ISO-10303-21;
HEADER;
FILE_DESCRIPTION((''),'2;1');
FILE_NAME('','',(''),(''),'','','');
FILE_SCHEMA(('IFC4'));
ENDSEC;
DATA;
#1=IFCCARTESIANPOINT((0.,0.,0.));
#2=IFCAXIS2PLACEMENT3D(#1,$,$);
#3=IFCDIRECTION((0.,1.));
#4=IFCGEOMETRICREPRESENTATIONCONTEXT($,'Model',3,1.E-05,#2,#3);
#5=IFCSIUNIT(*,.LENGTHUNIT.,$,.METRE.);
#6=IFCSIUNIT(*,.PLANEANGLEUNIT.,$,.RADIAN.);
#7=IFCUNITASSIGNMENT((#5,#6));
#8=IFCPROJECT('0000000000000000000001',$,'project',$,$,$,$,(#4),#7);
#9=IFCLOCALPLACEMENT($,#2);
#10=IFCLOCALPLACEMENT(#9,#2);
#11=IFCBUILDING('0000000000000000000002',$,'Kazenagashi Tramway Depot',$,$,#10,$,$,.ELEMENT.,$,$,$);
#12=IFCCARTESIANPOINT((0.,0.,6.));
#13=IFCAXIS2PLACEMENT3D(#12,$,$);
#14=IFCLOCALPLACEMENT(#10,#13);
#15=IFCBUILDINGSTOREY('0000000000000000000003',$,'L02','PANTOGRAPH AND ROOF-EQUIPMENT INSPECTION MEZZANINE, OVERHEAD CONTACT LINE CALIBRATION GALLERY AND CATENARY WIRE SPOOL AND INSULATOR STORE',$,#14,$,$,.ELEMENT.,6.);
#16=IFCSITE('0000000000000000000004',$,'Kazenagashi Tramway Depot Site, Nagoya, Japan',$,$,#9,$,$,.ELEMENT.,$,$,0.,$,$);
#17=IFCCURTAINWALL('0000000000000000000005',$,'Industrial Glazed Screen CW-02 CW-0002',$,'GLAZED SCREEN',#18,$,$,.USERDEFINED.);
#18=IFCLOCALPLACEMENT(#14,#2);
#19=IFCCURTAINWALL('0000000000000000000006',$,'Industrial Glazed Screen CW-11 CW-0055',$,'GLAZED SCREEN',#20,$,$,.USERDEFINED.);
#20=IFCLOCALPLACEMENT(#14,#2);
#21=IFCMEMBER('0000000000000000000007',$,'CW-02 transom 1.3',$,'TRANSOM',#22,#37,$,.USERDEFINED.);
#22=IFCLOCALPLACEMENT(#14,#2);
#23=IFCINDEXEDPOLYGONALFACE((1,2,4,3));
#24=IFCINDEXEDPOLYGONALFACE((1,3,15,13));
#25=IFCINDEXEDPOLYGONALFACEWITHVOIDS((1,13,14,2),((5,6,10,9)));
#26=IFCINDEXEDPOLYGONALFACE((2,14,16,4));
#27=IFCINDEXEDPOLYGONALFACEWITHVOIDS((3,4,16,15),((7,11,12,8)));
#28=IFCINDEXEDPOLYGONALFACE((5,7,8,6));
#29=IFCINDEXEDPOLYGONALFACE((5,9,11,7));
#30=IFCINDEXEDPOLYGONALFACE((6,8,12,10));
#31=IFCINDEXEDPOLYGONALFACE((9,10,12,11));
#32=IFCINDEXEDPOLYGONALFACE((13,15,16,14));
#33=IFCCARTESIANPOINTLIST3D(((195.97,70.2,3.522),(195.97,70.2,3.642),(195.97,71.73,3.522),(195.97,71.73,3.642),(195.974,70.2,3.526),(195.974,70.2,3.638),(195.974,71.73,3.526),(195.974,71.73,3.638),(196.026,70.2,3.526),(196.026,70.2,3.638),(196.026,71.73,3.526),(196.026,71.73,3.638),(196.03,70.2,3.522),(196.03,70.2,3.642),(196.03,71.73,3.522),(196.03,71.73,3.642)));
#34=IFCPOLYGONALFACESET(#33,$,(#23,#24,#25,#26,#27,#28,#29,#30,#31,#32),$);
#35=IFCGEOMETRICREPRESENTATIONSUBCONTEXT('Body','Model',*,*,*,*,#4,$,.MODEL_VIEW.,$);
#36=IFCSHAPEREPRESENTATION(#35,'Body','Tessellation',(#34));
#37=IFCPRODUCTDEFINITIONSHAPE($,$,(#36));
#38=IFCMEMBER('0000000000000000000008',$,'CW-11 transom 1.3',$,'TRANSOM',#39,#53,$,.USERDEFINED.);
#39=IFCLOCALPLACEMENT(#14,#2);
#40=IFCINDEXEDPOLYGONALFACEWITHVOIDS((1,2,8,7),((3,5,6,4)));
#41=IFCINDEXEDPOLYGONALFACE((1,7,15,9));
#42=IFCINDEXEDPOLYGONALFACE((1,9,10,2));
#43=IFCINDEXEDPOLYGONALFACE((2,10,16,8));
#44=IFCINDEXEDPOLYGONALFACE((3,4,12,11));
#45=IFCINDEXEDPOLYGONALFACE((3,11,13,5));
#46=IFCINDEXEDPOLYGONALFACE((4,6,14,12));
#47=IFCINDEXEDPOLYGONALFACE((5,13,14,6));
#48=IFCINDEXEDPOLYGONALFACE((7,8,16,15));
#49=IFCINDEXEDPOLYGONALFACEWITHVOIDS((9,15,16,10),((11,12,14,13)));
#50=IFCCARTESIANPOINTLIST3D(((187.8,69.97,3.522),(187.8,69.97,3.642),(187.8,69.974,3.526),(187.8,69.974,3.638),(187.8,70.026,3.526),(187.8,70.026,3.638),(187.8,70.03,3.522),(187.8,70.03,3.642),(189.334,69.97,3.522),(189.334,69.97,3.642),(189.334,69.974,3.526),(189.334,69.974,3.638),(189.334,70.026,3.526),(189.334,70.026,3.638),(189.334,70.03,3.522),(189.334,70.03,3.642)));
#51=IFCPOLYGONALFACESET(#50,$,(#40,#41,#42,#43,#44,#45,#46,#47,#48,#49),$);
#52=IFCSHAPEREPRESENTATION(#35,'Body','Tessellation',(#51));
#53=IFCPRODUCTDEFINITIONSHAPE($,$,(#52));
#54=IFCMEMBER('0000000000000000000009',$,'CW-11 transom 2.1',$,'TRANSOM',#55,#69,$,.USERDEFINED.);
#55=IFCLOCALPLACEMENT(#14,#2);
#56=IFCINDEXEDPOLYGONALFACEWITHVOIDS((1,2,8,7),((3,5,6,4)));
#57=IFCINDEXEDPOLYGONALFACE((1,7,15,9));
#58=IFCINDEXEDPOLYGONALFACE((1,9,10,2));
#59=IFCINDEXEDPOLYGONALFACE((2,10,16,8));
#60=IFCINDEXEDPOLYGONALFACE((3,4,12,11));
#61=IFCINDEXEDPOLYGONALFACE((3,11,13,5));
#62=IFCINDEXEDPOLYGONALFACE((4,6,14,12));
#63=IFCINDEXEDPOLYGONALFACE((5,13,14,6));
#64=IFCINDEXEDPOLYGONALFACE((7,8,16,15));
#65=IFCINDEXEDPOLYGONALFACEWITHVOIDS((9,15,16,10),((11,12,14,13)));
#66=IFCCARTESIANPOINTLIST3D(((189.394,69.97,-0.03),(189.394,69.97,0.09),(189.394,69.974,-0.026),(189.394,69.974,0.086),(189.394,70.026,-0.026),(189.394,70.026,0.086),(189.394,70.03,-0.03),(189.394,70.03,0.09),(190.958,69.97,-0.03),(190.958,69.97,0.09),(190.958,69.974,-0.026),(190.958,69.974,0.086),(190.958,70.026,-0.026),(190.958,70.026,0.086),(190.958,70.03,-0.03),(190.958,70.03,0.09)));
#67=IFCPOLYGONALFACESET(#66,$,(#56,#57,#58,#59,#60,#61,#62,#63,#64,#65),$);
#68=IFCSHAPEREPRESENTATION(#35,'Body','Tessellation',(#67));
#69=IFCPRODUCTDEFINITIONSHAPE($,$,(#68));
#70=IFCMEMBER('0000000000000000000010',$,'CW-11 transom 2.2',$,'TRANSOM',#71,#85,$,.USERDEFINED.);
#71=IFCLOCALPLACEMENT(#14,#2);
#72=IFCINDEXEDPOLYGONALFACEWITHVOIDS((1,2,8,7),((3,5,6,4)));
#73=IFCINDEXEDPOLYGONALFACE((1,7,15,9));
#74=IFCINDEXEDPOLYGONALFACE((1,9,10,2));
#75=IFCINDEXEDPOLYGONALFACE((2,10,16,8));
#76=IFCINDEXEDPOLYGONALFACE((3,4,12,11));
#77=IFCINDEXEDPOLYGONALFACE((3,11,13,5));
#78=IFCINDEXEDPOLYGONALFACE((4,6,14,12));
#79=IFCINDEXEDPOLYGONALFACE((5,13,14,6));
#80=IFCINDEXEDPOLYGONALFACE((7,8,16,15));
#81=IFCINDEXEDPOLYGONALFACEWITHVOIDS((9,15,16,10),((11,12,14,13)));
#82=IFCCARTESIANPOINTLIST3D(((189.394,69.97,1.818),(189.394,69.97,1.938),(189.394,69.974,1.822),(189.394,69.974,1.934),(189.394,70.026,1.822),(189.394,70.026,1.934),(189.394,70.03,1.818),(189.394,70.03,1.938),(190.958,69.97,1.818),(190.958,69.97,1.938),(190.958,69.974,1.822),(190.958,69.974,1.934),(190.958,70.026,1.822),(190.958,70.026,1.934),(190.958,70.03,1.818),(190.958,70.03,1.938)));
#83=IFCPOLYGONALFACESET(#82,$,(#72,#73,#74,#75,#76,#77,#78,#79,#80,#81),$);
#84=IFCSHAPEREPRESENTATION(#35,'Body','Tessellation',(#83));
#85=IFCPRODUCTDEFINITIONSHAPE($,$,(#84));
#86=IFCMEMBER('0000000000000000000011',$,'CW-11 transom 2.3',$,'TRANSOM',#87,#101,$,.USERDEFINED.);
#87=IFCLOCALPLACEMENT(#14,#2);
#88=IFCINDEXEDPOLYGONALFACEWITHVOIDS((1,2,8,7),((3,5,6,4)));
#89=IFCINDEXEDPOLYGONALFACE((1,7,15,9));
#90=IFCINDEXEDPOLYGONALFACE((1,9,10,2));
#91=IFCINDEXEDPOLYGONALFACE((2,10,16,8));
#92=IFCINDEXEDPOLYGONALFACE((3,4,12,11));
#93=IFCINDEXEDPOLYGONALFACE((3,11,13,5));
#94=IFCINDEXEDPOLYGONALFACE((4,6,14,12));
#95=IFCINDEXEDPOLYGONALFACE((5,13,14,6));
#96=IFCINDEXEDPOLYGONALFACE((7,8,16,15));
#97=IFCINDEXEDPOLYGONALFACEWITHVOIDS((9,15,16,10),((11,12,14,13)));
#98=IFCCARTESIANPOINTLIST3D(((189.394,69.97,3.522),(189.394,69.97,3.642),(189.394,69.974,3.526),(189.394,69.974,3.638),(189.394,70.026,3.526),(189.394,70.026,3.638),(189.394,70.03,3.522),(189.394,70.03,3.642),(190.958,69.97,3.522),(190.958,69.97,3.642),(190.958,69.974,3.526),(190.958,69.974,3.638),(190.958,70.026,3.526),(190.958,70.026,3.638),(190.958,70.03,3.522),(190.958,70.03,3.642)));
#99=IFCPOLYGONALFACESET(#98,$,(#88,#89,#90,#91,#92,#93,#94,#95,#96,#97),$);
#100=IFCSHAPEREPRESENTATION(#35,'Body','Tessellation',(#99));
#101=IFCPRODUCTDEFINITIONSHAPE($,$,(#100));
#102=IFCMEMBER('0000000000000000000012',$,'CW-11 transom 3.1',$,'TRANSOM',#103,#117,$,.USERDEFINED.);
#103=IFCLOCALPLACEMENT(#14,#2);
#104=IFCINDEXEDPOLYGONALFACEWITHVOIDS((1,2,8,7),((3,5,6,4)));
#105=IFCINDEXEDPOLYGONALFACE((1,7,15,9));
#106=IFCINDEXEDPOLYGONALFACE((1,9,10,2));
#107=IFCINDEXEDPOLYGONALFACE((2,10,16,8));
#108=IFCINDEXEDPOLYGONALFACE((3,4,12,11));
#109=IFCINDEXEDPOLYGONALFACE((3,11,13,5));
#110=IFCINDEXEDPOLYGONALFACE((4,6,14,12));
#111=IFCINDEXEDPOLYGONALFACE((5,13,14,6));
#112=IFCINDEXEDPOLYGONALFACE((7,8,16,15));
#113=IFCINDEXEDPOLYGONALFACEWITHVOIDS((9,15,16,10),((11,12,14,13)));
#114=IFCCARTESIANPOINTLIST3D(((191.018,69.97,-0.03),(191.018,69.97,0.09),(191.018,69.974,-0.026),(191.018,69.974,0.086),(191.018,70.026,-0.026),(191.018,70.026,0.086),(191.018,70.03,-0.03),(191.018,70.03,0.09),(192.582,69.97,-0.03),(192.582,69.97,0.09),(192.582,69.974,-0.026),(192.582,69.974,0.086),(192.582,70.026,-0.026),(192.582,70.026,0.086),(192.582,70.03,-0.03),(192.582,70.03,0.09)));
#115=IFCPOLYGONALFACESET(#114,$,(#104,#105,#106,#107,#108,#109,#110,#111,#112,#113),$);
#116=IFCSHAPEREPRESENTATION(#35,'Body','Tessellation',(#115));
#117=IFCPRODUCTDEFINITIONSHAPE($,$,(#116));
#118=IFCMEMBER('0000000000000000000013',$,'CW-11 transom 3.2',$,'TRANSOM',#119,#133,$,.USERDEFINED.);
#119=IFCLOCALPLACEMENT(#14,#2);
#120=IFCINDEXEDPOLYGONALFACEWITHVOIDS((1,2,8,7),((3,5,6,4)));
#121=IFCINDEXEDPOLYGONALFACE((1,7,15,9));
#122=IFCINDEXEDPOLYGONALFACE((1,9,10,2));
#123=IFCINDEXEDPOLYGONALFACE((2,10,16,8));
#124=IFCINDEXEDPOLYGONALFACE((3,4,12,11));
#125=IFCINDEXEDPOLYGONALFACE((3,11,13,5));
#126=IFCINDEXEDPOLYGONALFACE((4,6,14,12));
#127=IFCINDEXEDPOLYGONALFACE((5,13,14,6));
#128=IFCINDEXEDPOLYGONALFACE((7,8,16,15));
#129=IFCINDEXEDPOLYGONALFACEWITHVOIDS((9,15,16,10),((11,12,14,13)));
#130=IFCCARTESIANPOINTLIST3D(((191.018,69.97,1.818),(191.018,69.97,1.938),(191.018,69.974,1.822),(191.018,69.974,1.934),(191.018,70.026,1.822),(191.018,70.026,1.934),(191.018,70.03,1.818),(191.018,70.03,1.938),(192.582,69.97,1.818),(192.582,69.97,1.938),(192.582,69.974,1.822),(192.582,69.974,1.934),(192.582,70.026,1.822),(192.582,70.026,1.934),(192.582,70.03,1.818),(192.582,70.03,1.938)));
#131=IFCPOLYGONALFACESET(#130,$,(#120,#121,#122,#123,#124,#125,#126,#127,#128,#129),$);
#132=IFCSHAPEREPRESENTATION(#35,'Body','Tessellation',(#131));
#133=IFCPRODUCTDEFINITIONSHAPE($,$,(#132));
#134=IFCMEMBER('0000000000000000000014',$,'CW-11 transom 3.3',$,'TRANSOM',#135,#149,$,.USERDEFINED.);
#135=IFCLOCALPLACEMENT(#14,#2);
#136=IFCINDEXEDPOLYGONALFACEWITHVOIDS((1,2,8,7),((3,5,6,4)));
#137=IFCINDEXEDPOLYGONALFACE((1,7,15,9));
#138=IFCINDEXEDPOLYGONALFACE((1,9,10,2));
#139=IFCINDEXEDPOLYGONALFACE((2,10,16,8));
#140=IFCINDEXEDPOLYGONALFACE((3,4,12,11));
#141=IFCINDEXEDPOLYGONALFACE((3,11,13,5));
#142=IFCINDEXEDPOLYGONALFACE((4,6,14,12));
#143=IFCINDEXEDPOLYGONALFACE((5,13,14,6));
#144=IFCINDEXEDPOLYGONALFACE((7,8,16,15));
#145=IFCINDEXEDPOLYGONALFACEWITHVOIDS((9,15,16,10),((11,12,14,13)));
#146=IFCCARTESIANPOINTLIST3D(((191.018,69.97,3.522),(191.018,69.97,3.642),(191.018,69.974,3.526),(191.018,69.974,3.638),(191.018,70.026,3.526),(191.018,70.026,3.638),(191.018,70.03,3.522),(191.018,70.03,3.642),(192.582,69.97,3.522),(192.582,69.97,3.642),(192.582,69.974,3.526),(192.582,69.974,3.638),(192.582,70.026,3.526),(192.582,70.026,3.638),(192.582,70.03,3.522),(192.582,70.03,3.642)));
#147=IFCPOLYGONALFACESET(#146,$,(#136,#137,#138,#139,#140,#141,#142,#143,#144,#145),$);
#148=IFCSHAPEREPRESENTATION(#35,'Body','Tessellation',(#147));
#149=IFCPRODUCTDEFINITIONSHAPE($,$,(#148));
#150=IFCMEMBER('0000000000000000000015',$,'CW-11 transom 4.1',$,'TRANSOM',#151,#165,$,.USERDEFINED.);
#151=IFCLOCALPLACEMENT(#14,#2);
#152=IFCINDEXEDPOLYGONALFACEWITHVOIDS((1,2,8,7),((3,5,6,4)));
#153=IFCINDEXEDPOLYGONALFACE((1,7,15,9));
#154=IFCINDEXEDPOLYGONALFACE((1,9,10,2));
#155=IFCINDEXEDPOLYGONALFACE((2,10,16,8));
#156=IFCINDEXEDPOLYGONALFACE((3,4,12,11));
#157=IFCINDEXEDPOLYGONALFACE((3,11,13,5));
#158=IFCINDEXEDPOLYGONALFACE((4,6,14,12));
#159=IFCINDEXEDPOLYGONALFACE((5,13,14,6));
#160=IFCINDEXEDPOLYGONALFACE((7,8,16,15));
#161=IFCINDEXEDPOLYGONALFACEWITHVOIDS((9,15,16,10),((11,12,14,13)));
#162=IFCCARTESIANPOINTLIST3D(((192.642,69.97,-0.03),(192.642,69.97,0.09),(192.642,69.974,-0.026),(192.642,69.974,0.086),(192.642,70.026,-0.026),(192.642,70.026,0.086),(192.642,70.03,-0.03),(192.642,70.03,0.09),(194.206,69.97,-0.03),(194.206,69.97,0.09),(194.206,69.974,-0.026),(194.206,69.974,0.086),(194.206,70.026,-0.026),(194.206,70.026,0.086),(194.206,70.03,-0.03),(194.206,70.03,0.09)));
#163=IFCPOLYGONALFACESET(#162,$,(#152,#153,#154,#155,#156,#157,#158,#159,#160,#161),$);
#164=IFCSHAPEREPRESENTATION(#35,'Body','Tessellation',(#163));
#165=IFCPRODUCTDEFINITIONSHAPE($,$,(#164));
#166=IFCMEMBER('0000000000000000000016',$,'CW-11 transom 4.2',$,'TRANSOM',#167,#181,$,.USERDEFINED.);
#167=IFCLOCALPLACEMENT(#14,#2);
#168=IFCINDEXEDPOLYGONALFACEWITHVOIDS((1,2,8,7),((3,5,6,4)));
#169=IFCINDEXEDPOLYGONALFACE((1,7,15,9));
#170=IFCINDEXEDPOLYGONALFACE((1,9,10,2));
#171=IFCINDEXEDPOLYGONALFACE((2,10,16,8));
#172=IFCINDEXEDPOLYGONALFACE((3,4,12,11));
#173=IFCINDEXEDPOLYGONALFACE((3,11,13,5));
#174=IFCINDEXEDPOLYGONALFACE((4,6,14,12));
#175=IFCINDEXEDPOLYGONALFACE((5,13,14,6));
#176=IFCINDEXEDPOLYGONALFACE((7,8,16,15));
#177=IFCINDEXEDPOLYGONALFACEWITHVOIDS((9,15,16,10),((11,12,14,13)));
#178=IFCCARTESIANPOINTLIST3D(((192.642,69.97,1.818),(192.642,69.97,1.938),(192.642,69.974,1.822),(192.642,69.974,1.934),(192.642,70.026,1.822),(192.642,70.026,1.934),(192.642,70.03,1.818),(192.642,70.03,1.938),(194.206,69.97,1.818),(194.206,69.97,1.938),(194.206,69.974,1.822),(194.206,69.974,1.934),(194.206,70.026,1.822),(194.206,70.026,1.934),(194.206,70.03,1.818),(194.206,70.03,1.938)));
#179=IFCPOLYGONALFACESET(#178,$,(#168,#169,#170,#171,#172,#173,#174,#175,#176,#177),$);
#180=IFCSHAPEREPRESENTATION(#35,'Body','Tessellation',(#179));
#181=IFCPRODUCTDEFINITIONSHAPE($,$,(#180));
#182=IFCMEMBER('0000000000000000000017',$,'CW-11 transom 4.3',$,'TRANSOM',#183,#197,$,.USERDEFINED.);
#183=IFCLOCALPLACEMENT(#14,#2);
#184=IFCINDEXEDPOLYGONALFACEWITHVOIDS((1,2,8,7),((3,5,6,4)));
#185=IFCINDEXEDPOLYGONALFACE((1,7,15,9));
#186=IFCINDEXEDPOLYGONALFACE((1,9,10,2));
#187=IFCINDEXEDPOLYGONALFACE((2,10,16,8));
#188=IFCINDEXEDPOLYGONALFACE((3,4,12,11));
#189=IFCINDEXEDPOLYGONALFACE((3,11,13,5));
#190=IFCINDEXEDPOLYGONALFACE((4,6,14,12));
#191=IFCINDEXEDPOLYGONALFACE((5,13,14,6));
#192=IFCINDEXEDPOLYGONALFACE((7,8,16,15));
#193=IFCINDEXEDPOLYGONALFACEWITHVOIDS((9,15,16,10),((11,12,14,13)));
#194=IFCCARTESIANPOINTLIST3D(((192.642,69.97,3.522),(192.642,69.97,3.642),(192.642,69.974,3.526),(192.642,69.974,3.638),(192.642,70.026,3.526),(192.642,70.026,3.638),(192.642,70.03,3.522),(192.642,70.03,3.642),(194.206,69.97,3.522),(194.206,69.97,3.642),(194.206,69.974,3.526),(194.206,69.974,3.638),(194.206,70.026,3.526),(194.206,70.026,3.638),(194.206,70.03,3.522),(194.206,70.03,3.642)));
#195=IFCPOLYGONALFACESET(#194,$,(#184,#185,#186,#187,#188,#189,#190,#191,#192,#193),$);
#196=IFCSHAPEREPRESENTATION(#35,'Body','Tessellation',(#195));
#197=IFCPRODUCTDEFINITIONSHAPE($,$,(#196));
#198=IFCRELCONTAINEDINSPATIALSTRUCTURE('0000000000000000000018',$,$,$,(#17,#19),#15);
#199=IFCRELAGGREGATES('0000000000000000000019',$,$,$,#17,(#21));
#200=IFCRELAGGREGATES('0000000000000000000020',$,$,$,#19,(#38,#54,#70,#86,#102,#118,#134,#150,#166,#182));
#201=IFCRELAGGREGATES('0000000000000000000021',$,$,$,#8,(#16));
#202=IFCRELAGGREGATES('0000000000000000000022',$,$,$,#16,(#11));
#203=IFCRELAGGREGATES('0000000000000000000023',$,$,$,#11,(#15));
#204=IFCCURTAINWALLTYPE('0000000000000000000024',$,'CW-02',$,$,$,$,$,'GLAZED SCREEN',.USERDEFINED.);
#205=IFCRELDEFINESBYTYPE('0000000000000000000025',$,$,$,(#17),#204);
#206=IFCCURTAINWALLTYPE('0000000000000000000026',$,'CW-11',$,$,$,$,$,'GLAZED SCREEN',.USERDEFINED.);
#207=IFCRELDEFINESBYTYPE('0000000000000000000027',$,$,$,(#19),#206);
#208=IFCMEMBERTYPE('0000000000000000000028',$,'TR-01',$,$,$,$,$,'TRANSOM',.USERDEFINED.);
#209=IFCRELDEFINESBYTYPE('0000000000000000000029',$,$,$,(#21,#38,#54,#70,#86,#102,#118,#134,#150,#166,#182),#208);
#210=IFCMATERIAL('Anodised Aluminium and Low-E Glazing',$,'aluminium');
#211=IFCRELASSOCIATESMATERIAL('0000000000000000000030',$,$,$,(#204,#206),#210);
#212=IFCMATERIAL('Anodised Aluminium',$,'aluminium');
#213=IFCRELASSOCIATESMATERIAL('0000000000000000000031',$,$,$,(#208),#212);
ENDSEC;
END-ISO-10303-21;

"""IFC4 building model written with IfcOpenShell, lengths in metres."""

from ifc_helpers import new_model, si_unit, direction, frame, origin, origin_2d, place, context, subcontext, project, spatial, hollow_rectangle, extrude, material, material_profile, profile_set, type_object, element, aggregate, save


model = new_model("IFC4")

# Units and contexts
model_context = context("Model", 3, precision=1e-05, world=origin(), true_north=direction((0.0, 1.0)))
body_context = subcontext(model_context, "Body", "Model", "MODEL_VIEW")
ifc_project = project(units=[si_unit("LENGTHUNIT", "METRE"), si_unit("PLANEANGLEUNIT", "RADIAN")], contexts=[model_context])

# Site, building, storey
site_placement = place(None, origin())
site = spatial("IfcSite", under=ifc_project, at=site_placement, Name="Kazenagashi Tramway Depot Site, Nagoya, Japan", CompositionType="ELEMENT", RefElevation=0.0)
building_placement = place(site_placement, origin())
building = spatial("IfcBuilding", under=site, at=building_placement, Name="Kazenagashi Tramway Depot", CompositionType="ELEMENT")
storey_placement = place(building_placement, frame((0.0, 0.0, 6.0)))
storey = spatial("IfcBuildingStorey", under=building, at=storey_placement, Name="L02", Description="PANTOGRAPH AND ROOF-EQUIPMENT INSPECTION MEZZANINE, OVERHEAD CONTACT LINE CALIBRATION GALLERY AND CATENARY WIRE SPOOL AND INSULATOR STORE", CompositionType="ELEMENT", Elevation=6.0)

# Curtain wall
ifc_material_1 = material(Name="Anodised Aluminium and Low-E Glazing", Category="aluminium")
curtain_wall_type_1 = type_object("IfcCurtainWallType", Name="CW-02", ElementType="GLAZED SCREEN", PredefinedType="USERDEFINED", material=ifc_material_1)
curtain_wall_1_placement = place(storey_placement, origin())
curtain_wall_1 = element("IfcCurtainWall", 1, at=curtain_wall_1_placement, inside=storey, type_object=curtain_wall_type_1, Name="Industrial Glazed Screen CW-02 CW-0002", ObjectType="GLAZED SCREEN", PredefinedType="USERDEFINED")
ifc_material_2 = material(Name="Anodised Aluminium", Category="aluminium")

# Curtain wall
curtain_wall_type_2 = type_object("IfcCurtainWallType", Name="CW-11", ElementType="GLAZED SCREEN", PredefinedType="USERDEFINED", material=ifc_material_1)
curtain_wall_2_placement = place(storey_placement, origin())
curtain_wall_2 = element("IfcCurtainWall", 2, at=curtain_wall_2_placement, inside=storey, type_object=curtain_wall_type_2, Name="Industrial Glazed Screen CW-11 CW-0055", ObjectType="GLAZED SCREEN", PredefinedType="USERDEFINED")

# Members
ifc_material_profile_1 = material_profile(ifc_material_2, hollow_rectangle(XDim=0.06, YDim=0.12, WallThickness=0.004, at=origin_2d()), Name="RHS-120x60x4")
ifc_profile_set_1 = profile_set([ifc_material_profile_1], Name="Anodised Aluminium")
member_type_1 = type_object("IfcMemberType", Name="TR-01", ElementType="TRANSOM", PredefinedType="USERDEFINED", material=ifc_profile_set_1)
member_1_placement = place(storey_placement, frame((196.0, 70.2, 3.582), z_axis=(0.0, 1.0, 0.0), x_axis=(-1.0, 0.0, 0.0)))
member_1 = element("IfcMember", 3, at=member_1_placement, type_object=member_type_1, Name="CW-02 transom 1.3", ObjectType="TRANSOM", PredefinedType="USERDEFINED", context=body_context, shape_type="SweptSolid", body=[
    extrude(hollow_rectangle(XDim=0.06, YDim=0.12, WallThickness=0.004, at=origin_2d()), origin(), (0.0, 0.0, 1.0), 1.53),
])
aggregate(curtain_wall_1, [member_1])
member_2_placement = place(storey_placement, frame((187.8, 70.0, 3.582), z_axis=(1.0, 0.0, 0.0), x_axis=(0.0, 1.0, 0.0)))
member_2 = element("IfcMember", 4, at=member_2_placement, type_object=member_type_1, Name="CW-11 transom 1.3", ObjectType="TRANSOM", PredefinedType="USERDEFINED", context=body_context, shape_type="SweptSolid", body=[
    extrude(hollow_rectangle(XDim=0.06, YDim=0.12, WallThickness=0.004, at=origin_2d()), origin(), (0.0, 0.0, 1.0), 1.534),
])
member_3_placement = place(storey_placement, frame((189.394, 70.0, 0.03), z_axis=(1.0, 0.0, 0.0), x_axis=(0.0, 1.0, 0.0)))
member_3 = element("IfcMember", 5, at=member_3_placement, type_object=member_type_1, Name="CW-11 transom 2.1", ObjectType="TRANSOM", PredefinedType="USERDEFINED", context=body_context, shape_type="SweptSolid", body=[
    extrude(hollow_rectangle(XDim=0.06, YDim=0.12, WallThickness=0.004, at=origin_2d()), origin(), (0.0, 0.0, 1.0), 1.564),
])
member_4_placement = place(storey_placement, frame((189.394, 70.0, 1.878), z_axis=(1.0, 0.0, 0.0), x_axis=(0.0, 1.0, 0.0)))
member_4 = element("IfcMember", 6, at=member_4_placement, type_object=member_type_1, Name="CW-11 transom 2.2", ObjectType="TRANSOM", PredefinedType="USERDEFINED", context=body_context, shape_type="SweptSolid", body=[
    extrude(hollow_rectangle(XDim=0.06, YDim=0.12, WallThickness=0.004, at=origin_2d()), origin(), (0.0, 0.0, 1.0), 1.564),
])
member_5_placement = place(storey_placement, frame((189.394, 70.0, 3.582), z_axis=(1.0, 0.0, 0.0), x_axis=(0.0, 1.0, 0.0)))
member_5 = element("IfcMember", 7, at=member_5_placement, type_object=member_type_1, Name="CW-11 transom 2.3", ObjectType="TRANSOM", PredefinedType="USERDEFINED", context=body_context, shape_type="SweptSolid", body=[
    extrude(hollow_rectangle(XDim=0.06, YDim=0.12, WallThickness=0.004, at=origin_2d()), origin(), (0.0, 0.0, 1.0), 1.564),
])
member_6_placement = place(storey_placement, frame((191.018, 70.0, 0.03), z_axis=(1.0, 0.0, 0.0), x_axis=(0.0, 1.0, 0.0)))
member_6 = element("IfcMember", 8, at=member_6_placement, type_object=member_type_1, Name="CW-11 transom 3.1", ObjectType="TRANSOM", PredefinedType="USERDEFINED", context=body_context, shape_type="SweptSolid", body=[
    extrude(hollow_rectangle(XDim=0.06, YDim=0.12, WallThickness=0.004, at=origin_2d()), origin(), (0.0, 0.0, 1.0), 1.564),
])
member_7_placement = place(storey_placement, frame((191.018, 70.0, 1.878), z_axis=(1.0, 0.0, 0.0), x_axis=(0.0, 1.0, 0.0)))
member_7 = element("IfcMember", 9, at=member_7_placement, type_object=member_type_1, Name="CW-11 transom 3.2", ObjectType="TRANSOM", PredefinedType="USERDEFINED", context=body_context, shape_type="SweptSolid", body=[
    extrude(hollow_rectangle(XDim=0.06, YDim=0.12, WallThickness=0.004, at=origin_2d()), origin(), (0.0, 0.0, 1.0), 1.564),
])
member_8_placement = place(storey_placement, frame((191.018, 70.0, 3.582), z_axis=(1.0, 0.0, 0.0), x_axis=(0.0, 1.0, 0.0)))
member_8 = element("IfcMember", 10, at=member_8_placement, type_object=member_type_1, Name="CW-11 transom 3.3", ObjectType="TRANSOM", PredefinedType="USERDEFINED", context=body_context, shape_type="SweptSolid", body=[
    extrude(hollow_rectangle(XDim=0.06, YDim=0.12, WallThickness=0.004, at=origin_2d()), origin(), (0.0, 0.0, 1.0), 1.564),
])
member_9_placement = place(storey_placement, frame((192.642, 70.0, 0.03), z_axis=(1.0, 0.0, 0.0), x_axis=(0.0, 1.0, 0.0)))
member_9 = element("IfcMember", 11, at=member_9_placement, type_object=member_type_1, Name="CW-11 transom 4.1", ObjectType="TRANSOM", PredefinedType="USERDEFINED", context=body_context, shape_type="SweptSolid", body=[
    extrude(hollow_rectangle(XDim=0.06, YDim=0.12, WallThickness=0.004, at=origin_2d()), origin(), (0.0, 0.0, 1.0), 1.564),
])
member_10_placement = place(storey_placement, frame((192.642, 70.0, 1.878), z_axis=(1.0, 0.0, 0.0), x_axis=(0.0, 1.0, 0.0)))
member_10 = element("IfcMember", 12, at=member_10_placement, type_object=member_type_1, Name="CW-11 transom 4.2", ObjectType="TRANSOM", PredefinedType="USERDEFINED", context=body_context, shape_type="SweptSolid", body=[
    extrude(hollow_rectangle(XDim=0.06, YDim=0.12, WallThickness=0.004, at=origin_2d()), origin(), (0.0, 0.0, 1.0), 1.564),
])
member_11_placement = place(storey_placement, frame((192.642, 70.0, 3.582), z_axis=(1.0, 0.0, 0.0), x_axis=(0.0, 1.0, 0.0)))
member_11 = element("IfcMember", 13, at=member_11_placement, type_object=member_type_1, Name="CW-11 transom 4.3", ObjectType="TRANSOM", PredefinedType="USERDEFINED", context=body_context, shape_type="SweptSolid", body=[
    extrude(hollow_rectangle(XDim=0.06, YDim=0.12, WallThickness=0.004, at=origin_2d()), origin(), (0.0, 0.0, 1.0), 1.564),
])

aggregate(curtain_wall_2, [member_2, member_3, member_4, member_5, member_6, member_7, member_8, member_9, member_10, member_11])

save(model, "model.ifc")
